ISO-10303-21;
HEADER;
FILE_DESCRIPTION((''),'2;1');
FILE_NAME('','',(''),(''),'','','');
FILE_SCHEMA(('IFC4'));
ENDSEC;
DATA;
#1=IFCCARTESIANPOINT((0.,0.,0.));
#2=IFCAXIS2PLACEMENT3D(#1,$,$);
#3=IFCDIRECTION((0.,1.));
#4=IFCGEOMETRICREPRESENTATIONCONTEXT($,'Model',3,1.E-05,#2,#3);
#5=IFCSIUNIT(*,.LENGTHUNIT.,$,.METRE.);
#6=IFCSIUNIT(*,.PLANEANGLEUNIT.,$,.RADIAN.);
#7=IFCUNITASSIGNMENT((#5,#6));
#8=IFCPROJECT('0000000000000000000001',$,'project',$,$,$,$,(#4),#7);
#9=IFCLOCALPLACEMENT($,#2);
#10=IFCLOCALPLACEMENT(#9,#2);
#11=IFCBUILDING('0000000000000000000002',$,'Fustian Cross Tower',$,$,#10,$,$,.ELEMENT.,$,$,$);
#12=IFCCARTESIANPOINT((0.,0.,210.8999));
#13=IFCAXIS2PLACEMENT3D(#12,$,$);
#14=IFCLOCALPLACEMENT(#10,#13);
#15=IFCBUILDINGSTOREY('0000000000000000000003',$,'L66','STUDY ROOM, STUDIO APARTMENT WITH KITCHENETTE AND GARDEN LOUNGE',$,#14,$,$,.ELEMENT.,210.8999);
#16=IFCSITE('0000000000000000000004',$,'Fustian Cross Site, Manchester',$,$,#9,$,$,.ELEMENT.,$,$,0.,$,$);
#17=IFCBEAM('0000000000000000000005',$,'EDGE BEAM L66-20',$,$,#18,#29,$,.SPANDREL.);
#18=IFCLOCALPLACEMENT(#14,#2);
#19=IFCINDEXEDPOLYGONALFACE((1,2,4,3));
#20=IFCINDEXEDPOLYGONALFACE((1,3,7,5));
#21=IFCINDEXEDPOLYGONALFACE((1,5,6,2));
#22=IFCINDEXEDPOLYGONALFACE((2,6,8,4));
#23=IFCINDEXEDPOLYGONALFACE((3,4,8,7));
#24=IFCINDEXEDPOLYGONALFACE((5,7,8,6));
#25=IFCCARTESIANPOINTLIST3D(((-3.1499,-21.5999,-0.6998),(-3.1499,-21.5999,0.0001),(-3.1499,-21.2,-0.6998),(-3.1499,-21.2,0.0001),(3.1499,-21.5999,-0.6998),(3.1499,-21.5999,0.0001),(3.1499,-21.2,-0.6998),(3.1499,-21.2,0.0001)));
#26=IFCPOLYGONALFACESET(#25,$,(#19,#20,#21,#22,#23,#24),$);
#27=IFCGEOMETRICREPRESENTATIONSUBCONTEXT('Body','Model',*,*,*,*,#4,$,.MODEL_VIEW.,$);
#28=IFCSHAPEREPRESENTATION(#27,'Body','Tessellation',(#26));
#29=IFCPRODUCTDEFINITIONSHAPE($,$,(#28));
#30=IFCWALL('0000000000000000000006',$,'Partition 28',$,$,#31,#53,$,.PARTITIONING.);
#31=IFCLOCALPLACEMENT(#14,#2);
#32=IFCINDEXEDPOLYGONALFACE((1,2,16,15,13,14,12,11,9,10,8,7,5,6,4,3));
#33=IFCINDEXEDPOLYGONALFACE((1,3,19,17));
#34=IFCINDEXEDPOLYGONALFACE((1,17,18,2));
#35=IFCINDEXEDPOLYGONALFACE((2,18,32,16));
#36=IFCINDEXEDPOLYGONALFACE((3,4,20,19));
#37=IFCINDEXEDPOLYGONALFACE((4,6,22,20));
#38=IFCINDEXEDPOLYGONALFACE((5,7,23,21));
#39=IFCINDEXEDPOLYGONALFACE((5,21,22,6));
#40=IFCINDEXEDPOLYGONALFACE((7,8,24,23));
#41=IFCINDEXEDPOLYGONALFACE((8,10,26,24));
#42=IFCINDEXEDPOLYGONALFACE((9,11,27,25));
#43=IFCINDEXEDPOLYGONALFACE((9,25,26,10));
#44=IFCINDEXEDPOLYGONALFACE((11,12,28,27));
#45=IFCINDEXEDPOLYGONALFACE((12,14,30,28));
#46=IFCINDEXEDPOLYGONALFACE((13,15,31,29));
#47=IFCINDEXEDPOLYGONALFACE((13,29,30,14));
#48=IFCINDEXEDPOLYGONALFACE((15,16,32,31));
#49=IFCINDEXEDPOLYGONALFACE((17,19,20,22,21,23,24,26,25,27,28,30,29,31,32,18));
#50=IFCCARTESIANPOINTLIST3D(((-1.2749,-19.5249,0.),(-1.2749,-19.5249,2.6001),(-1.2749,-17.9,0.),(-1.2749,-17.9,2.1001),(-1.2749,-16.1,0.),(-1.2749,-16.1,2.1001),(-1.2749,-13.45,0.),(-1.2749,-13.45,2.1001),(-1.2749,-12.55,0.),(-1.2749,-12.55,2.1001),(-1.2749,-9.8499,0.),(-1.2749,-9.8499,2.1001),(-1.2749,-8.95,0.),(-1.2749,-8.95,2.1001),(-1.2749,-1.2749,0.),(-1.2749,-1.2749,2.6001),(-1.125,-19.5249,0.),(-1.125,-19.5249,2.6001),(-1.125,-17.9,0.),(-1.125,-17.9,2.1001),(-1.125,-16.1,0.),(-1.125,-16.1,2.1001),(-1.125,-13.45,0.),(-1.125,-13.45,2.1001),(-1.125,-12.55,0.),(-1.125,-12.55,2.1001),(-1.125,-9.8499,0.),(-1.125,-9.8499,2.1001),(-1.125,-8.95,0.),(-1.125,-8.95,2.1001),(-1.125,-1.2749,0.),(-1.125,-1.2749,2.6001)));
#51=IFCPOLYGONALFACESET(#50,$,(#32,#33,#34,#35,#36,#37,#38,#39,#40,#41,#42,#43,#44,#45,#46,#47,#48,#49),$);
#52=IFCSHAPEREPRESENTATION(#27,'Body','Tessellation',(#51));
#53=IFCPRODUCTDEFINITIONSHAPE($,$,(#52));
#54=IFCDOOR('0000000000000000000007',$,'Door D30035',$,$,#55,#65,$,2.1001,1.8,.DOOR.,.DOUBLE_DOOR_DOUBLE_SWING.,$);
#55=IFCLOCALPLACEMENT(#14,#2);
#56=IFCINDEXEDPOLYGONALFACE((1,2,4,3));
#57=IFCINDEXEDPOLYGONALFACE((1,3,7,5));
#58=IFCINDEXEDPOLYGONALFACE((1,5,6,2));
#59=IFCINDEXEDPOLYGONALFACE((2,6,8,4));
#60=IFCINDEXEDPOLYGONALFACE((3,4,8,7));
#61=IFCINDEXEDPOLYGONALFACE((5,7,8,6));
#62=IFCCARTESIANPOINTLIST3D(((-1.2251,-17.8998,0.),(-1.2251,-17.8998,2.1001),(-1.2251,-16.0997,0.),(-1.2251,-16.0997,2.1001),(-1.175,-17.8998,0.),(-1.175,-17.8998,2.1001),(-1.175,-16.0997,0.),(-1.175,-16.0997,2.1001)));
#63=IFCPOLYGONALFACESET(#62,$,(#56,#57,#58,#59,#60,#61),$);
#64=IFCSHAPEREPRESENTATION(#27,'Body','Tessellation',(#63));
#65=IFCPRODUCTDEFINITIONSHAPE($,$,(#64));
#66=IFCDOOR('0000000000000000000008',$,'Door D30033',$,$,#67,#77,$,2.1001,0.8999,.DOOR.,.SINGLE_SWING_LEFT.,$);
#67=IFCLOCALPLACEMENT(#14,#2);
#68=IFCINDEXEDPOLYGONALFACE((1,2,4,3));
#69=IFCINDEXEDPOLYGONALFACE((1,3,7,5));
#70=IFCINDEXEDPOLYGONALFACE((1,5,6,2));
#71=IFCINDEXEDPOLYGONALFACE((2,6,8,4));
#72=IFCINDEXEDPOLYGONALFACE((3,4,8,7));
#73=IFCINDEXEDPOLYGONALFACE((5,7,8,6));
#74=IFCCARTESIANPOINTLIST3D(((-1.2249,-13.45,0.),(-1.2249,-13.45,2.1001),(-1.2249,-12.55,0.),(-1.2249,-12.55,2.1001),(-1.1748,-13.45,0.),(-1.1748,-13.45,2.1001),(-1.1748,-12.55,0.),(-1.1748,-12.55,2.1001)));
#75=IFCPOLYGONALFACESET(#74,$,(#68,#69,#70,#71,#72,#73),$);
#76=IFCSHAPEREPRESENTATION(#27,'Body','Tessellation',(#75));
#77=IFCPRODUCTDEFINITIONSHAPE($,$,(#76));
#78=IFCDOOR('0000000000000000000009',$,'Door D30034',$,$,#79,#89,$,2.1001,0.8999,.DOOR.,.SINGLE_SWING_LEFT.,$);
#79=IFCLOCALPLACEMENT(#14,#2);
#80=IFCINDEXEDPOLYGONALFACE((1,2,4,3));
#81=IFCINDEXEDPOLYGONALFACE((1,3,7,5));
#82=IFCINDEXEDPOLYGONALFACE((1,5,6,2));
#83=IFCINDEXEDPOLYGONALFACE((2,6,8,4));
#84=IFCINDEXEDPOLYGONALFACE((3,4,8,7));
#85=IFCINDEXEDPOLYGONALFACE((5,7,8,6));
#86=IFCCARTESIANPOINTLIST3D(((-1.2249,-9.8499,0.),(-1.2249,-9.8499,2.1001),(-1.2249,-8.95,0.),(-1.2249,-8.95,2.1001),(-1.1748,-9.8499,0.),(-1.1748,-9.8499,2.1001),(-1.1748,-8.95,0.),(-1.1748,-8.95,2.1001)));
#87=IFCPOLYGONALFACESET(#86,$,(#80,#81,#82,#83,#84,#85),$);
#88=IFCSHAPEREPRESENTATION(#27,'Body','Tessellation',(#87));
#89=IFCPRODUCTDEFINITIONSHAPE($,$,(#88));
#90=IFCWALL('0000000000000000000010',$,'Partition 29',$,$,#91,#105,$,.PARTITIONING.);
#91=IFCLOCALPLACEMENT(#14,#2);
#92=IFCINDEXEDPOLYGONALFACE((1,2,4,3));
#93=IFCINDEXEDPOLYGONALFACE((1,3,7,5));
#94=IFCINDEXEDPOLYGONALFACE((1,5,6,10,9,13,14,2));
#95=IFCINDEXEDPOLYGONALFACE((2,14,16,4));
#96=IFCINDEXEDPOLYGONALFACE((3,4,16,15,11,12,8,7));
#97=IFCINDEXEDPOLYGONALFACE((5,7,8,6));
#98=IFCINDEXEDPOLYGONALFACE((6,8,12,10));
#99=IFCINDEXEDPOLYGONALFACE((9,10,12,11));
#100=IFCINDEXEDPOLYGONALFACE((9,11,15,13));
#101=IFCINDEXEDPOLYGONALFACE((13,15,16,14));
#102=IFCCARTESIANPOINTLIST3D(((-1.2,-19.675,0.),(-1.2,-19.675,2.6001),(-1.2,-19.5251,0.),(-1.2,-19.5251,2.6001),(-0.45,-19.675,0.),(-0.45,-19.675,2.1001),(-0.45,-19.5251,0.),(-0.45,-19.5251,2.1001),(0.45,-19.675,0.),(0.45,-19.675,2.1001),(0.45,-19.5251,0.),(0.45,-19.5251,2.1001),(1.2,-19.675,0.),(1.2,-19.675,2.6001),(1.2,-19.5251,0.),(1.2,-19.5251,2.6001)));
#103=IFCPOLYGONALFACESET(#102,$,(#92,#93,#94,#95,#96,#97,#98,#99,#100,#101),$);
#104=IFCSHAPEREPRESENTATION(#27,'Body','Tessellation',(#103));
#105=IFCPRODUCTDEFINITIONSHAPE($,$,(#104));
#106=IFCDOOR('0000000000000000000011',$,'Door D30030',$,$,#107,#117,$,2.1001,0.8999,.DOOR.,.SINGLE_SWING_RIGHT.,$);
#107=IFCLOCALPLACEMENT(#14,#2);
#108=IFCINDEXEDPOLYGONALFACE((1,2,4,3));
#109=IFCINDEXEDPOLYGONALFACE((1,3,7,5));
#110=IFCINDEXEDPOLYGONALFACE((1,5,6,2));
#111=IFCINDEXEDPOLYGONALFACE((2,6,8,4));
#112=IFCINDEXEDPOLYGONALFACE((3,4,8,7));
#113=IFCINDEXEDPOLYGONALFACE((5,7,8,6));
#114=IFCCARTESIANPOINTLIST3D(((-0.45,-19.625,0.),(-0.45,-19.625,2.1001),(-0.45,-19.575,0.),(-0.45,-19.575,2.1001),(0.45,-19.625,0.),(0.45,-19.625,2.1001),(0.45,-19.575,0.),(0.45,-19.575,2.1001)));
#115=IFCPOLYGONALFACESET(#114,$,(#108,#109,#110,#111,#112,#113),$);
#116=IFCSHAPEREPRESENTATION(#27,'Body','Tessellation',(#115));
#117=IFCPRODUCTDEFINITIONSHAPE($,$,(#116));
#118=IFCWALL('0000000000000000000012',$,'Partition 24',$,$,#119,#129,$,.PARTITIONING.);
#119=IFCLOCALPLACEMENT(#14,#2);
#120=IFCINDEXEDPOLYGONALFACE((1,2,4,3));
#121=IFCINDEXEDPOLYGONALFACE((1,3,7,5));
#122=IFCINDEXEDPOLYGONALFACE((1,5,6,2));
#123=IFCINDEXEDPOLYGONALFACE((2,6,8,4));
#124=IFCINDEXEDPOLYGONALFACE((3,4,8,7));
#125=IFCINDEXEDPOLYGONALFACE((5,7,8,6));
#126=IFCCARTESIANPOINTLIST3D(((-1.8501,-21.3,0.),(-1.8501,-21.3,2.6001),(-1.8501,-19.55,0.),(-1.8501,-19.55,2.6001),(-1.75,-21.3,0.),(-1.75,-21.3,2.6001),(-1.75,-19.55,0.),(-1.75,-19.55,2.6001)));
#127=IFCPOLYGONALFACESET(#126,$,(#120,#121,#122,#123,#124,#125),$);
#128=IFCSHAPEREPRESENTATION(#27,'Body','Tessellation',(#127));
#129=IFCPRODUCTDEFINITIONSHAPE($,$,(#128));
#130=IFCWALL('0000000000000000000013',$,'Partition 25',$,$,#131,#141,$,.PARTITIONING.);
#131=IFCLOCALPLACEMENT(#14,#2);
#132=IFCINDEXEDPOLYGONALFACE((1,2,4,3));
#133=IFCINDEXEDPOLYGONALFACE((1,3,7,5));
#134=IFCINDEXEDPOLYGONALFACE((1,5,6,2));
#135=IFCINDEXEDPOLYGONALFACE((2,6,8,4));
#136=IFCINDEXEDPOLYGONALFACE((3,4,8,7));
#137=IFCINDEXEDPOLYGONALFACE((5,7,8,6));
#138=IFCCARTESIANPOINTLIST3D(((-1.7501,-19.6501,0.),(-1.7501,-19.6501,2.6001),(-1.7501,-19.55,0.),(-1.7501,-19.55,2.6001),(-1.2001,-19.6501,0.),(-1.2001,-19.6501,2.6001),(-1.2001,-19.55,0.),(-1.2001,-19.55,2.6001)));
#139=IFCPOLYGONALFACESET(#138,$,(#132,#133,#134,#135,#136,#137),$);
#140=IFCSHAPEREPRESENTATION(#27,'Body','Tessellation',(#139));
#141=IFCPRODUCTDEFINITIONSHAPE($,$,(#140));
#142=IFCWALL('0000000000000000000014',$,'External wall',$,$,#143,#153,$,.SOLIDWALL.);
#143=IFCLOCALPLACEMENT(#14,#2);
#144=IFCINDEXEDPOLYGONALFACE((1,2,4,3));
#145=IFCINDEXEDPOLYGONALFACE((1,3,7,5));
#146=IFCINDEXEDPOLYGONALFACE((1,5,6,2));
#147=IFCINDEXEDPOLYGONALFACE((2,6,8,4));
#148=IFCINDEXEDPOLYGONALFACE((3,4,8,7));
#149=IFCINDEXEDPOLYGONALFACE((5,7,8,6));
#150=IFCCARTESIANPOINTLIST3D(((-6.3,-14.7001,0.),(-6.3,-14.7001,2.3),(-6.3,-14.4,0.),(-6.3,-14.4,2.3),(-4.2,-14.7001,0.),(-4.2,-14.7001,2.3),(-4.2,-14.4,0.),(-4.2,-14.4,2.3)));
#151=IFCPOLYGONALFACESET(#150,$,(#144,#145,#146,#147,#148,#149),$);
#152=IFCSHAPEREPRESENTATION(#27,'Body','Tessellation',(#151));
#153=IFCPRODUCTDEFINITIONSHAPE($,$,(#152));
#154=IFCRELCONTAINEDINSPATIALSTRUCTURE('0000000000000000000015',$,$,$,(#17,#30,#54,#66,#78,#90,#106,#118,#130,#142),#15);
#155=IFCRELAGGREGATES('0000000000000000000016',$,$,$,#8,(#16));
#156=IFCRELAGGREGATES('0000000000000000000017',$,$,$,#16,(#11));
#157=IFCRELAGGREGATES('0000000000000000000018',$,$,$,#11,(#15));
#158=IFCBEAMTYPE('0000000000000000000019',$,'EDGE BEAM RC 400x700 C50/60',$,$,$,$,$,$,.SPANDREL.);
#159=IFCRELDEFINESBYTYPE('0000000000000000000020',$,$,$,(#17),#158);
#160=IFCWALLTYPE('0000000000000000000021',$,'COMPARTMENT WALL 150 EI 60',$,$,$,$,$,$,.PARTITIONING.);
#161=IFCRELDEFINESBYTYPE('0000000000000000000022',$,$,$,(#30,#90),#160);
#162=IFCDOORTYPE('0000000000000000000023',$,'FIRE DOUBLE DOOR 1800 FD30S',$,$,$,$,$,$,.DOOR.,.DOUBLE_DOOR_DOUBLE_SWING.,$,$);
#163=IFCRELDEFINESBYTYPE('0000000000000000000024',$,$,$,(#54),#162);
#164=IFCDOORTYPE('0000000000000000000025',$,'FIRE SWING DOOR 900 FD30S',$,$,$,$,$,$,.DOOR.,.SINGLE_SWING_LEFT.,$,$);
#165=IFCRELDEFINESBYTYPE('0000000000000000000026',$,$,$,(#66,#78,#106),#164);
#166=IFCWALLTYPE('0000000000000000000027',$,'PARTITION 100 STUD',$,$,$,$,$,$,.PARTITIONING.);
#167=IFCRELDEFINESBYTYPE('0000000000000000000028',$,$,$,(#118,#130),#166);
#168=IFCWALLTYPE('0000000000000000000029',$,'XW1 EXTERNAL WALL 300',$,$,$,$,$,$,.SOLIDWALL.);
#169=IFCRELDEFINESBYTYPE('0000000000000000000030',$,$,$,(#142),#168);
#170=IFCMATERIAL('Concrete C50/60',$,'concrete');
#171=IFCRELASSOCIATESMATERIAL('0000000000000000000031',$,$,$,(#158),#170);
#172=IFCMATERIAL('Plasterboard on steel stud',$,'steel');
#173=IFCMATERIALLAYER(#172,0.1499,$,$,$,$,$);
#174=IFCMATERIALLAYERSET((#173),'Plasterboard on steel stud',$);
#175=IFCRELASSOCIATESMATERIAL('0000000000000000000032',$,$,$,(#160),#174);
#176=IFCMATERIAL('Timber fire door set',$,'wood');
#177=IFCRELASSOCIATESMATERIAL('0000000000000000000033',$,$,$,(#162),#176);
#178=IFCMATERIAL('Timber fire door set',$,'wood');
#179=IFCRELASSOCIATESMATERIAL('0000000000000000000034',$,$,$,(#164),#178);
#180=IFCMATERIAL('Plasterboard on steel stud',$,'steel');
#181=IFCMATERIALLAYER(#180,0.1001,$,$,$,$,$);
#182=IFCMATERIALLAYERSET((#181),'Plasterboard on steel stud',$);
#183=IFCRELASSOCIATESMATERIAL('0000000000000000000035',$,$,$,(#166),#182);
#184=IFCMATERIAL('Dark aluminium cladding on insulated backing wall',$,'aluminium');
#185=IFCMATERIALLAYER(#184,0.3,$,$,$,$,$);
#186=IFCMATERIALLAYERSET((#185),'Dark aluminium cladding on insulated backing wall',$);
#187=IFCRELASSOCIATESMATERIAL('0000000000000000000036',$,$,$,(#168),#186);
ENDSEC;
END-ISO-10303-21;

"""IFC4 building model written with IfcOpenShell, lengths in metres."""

from ifc_helpers import new_model, si_unit, direction, frame, frame_2d, origin, origin_2d, place, context, subcontext, project, spatial, rectangle, extrude, material, layer, layer_set, material_profile, profile_set, type_object, element, fill, save


model = new_model("IFC4")

# Units and contexts
model_context = context("Model", 3, precision=1e-05, world=origin(), true_north=direction((0.0, 1.0)))
body_context = subcontext(model_context, "Body", "Model", "MODEL_VIEW")
ifc_project = project(units=[si_unit("LENGTHUNIT", "METRE"), si_unit("PLANEANGLEUNIT", "RADIAN")], contexts=[model_context])

# Site, building, storey
site_placement = place(None, origin())
site = spatial("IfcSite", under=ifc_project, at=site_placement, Name="Fustian Cross Site, Manchester", CompositionType="ELEMENT", RefElevation=0.0)
building_placement = place(site_placement, origin())
building = spatial("IfcBuilding", under=site, at=building_placement, Name="Fustian Cross Tower", CompositionType="ELEMENT")
storey_placement = place(building_placement, frame((0.0, 0.0, 210.8999)))
storey = spatial("IfcBuildingStorey", under=building, at=storey_placement, Name="L66", Description="STUDY ROOM, STUDIO APARTMENT WITH KITCHENETTE AND GARDEN LOUNGE", CompositionType="ELEMENT", Elevation=210.8999)

# Beam
ifc_material_1 = material(Name="Concrete C50/60", Category="concrete")
ifc_material_profile_1 = material_profile(ifc_material_1, rectangle(XDim=0.3999, YDim=0.7, at=origin_2d()), Name="RC 400x700")
ifc_profile_set_1 = profile_set([ifc_material_profile_1], Name="Concrete C50/60")
beam_type = type_object("IfcBeamType", Name="EDGE BEAM RC 400x700 C50/60", PredefinedType="SPANDREL", material=ifc_profile_set_1)
beam_1_placement = place(storey_placement, frame((-3.1499, -21.3999, -0.3499), z_axis=(1.0, 0.0, 0.0), x_axis=(0.0, 1.0, 0.0)))
element("IfcBeam", 1, at=beam_1_placement, inside=storey, type_object=beam_type, Name="EDGE BEAM L66-20", PredefinedType="SPANDREL", context=body_context, shape_type="SweptSolid", body=[
    extrude(rectangle(XDim=0.3999, YDim=0.7, at=origin_2d()), origin(), (0.0, 0.0, 1.0), 6.2998),
])

# Wall, openings, doors
ifc_material_2 = material(Name="Plasterboard on steel stud", Category="steel")
ifc_layer_1 = layer(ifc_material_2, 0.1499)
ifc_layer_set_1 = layer_set([ifc_layer_1], Name="Plasterboard on steel stud")
wall_type_1 = type_object("IfcWallType", Name="COMPARTMENT WALL 150 EI 60", PredefinedType="PARTITIONING", material=ifc_layer_set_1)
wall_1_placement = place(storey_placement, frame((-1.2, -19.5249, 0.0), z_axis=(0.0, 0.0, 1.0), x_axis=(0.0, 1.0, 0.0)))
wall_1 = element("IfcWall", 2, at=wall_1_placement, inside=storey, type_object=wall_type_1, Name="Partition 28", PredefinedType="PARTITIONING", context=body_context, shape_type="SweptSolid", body=[
    extrude(rectangle(XDim=18.25, YDim=0.1499, at=frame_2d((9.125, 0.0))), origin(), (0.0, 0.0, 1.0), 2.6001),
])
opening_1_placement = place(wall_1_placement, frame((6.075, 0.0, 0.0)))
opening_1 = element("IfcOpeningElement", 3, at=opening_1_placement, cuts=wall_1, PredefinedType="OPENING", context=body_context, shape_type="SweptSolid", body=[
    extrude(rectangle(XDim=0.8999, YDim=2.1001, at=frame_2d((0.45, 1.05))), frame((0.0, 0.085, 0.0), z_axis=(0.0, -1.0, 0.0), x_axis=(1.0, 0.0, 0.0)), (0.0, 0.0, 1.0), 0.1699),
])
opening_2_placement = place(wall_1_placement, frame((9.675, 0.0, 0.0)))
opening_2 = element("IfcOpeningElement", 4, at=opening_2_placement, cuts=wall_1, PredefinedType="OPENING", context=body_context, shape_type="SweptSolid", body=[
    extrude(rectangle(XDim=0.8999, YDim=2.1001, at=frame_2d((0.45, 1.05))), frame((0.0, 0.085, 0.0), z_axis=(0.0, -1.0, 0.0), x_axis=(1.0, 0.0, 0.0)), (0.0, 0.0, 1.0), 0.1699),
])
opening_3_placement = place(wall_1_placement, frame((1.625, 0.0, 0.0)))
opening_3 = element("IfcOpeningElement", 5, at=opening_3_placement, cuts=wall_1, PredefinedType="OPENING", context=body_context, shape_type="SweptSolid", body=[
    extrude(rectangle(XDim=1.8, YDim=2.1001, at=frame_2d((0.8999, 1.05))), frame((0.0, 0.085, 0.0), z_axis=(0.0, -1.0, 0.0), x_axis=(1.0, 0.0, 0.0)), (0.0, 0.0, 1.0), 0.1699),
])
ifc_material_3 = material(Name="Timber fire door set", Category="wood")
door_type_1 = type_object("IfcDoorType", Name="FIRE DOUBLE DOOR 1800 FD30S", OperationType="DOUBLE_DOOR_DOUBLE_SWING", PredefinedType="DOOR", material=ifc_material_3)
door_1_placement = place(opening_3_placement, frame((1.8, 0.0, 0.0), z_axis=(0.0, 0.0, 1.0), x_axis=(-1.0, 0.0, 0.0)))
door_1 = element("IfcDoor", 6, at=door_1_placement, inside=storey, type_object=door_type_1, Name="Door D30035", OperationType="DOUBLE_DOOR_DOUBLE_SWING", OverallHeight=2.1001, OverallWidth=1.8, PredefinedType="DOOR", context=body_context, shape_type="SweptSolid", body=[
    extrude(rectangle(XDim=1.8, YDim=2.1001, at=frame_2d((0.8999, 1.05))), frame((0.0, 0.0249, 0.0), z_axis=(0.0, -1.0, 0.0), x_axis=(1.0, 0.0, 0.0)), (0.0, 0.0, 1.0), 0.05),
])
fill(opening_3, door_1)
ifc_material_4 = material(Name="Timber fire door set", Category="wood")
door_type_2 = type_object("IfcDoorType", Name="FIRE SWING DOOR 900 FD30S", OperationType="SINGLE_SWING_LEFT", PredefinedType="DOOR", material=ifc_material_4)
door_2_placement = place(opening_1_placement, origin())
door_2 = element("IfcDoor", 7, at=door_2_placement, inside=storey, type_object=door_type_2, Name="Door D30033", OperationType="SINGLE_SWING_LEFT", OverallHeight=2.1001, OverallWidth=0.8999, PredefinedType="DOOR", context=body_context, shape_type="SweptSolid", body=[
    extrude(rectangle(XDim=0.8999, YDim=2.1001, at=frame_2d((0.45, 1.05))), frame((0.0, 0.0249, 0.0), z_axis=(0.0, -1.0, 0.0), x_axis=(1.0, 0.0, 0.0)), (0.0, 0.0, 1.0), 0.05),
])
fill(opening_1, door_2)
door_3_placement = place(opening_2_placement, origin())
door_3 = element("IfcDoor", 8, at=door_3_placement, inside=storey, type_object=door_type_2, Name="Door D30034", OperationType="SINGLE_SWING_LEFT", OverallHeight=2.1001, OverallWidth=0.8999, PredefinedType="DOOR", context=body_context, shape_type="SweptSolid", body=[
    extrude(rectangle(XDim=0.8999, YDim=2.1001, at=frame_2d((0.45, 1.05))), frame((0.0, 0.0249, 0.0), z_axis=(0.0, -1.0, 0.0), x_axis=(1.0, 0.0, 0.0)), (0.0, 0.0, 1.0), 0.05),
])
fill(opening_2, door_3)

# Wall, opening, door
wall_2_placement = place(storey_placement, frame((-1.2, -19.6001, 0.0), z_axis=(0.0, 0.0, 1.0), x_axis=(1.0, 0.0, 0.0)))
wall_2 = element("IfcWall", 9, at=wall_2_placement, inside=storey, type_object=wall_type_1, Name="Partition 29", PredefinedType="PARTITIONING", context=body_context, shape_type="SweptSolid", body=[
    extrude(rectangle(XDim=2.3999, YDim=0.1499, at=frame_2d((1.2, 0.0))), origin(), (0.0, 0.0, 1.0), 2.6001),
])
opening_4_placement = place(wall_2_placement, frame((0.75, 0.0, 0.0)))
opening_4 = element("IfcOpeningElement", 10, at=opening_4_placement, cuts=wall_2, PredefinedType="OPENING", context=body_context, shape_type="SweptSolid", body=[
    extrude(rectangle(XDim=0.8999, YDim=2.1001, at=frame_2d((0.45, 1.05))), frame((0.0, 0.085, 0.0), z_axis=(0.0, -1.0, 0.0), x_axis=(1.0, 0.0, 0.0)), (0.0, 0.0, 1.0), 0.1699),
])
door_4_placement = place(opening_4_placement, frame((0.8999, 0.0, 0.0), z_axis=(0.0, 0.0, 1.0), x_axis=(-1.0, 0.0, 0.0)))
door_4 = element("IfcDoor", 11, at=door_4_placement, inside=storey, type_object=door_type_2, Name="Door D30030", OperationType="SINGLE_SWING_RIGHT", OverallHeight=2.1001, OverallWidth=0.8999, PredefinedType="DOOR", context=body_context, shape_type="SweptSolid", body=[
    extrude(rectangle(XDim=0.8999, YDim=2.1001, at=frame_2d((0.45, 1.05))), frame((0.0, 0.0249, 0.0), z_axis=(0.0, -1.0, 0.0), x_axis=(1.0, 0.0, 0.0)), (0.0, 0.0, 1.0), 0.05),
])
fill(opening_4, door_4)

# Walls
ifc_material_5 = material(Name="Plasterboard on steel stud", Category="steel")
ifc_layer_2 = layer(ifc_material_5, 0.1001)
ifc_layer_set_2 = layer_set([ifc_layer_2], Name="Plasterboard on steel stud")
wall_type_2 = type_object("IfcWallType", Name="PARTITION 100 STUD", PredefinedType="PARTITIONING", material=ifc_layer_set_2)
wall_3_placement = place(storey_placement, frame((-1.8, -21.3, 0.0), z_axis=(0.0, 0.0, 1.0), x_axis=(0.0, 1.0, 0.0)))
element("IfcWall", 12, at=wall_3_placement, inside=storey, type_object=wall_type_2, Name="Partition 24", PredefinedType="PARTITIONING", context=body_context, shape_type="SweptSolid", body=[
    extrude(rectangle(XDim=1.75, YDim=0.1001, at=frame_2d((0.875, 0.0))), origin(), (0.0, 0.0, 1.0), 2.6001),
])
wall_4_placement = place(storey_placement, frame((-1.75, -19.6001, 0.0), z_axis=(0.0, 0.0, 1.0), x_axis=(1.0, 0.0, 0.0)))
element("IfcWall", 13, at=wall_4_placement, inside=storey, type_object=wall_type_2, Name="Partition 25", PredefinedType="PARTITIONING", context=body_context, shape_type="SweptSolid", body=[
    extrude(rectangle(XDim=0.55, YDim=0.1001, at=frame_2d((0.2749, 0.0))), origin(), (0.0, 0.0, 1.0), 2.6001),
])
ifc_material_6 = material(Name="Dark aluminium cladding on insulated backing wall", Category="aluminium")
ifc_layer_3 = layer(ifc_material_6, 0.3)
ifc_layer_set_3 = layer_set([ifc_layer_3], Name="Dark aluminium cladding on insulated backing wall")
wall_type_3 = type_object("IfcWallType", Name="XW1 EXTERNAL WALL 300", PredefinedType="SOLIDWALL", material=ifc_layer_set_3)
wall_5_placement = place(storey_placement, frame((-4.2, -14.55, 0.0), z_axis=(0.0, 0.0, 1.0), x_axis=(-1.0, 0.0, 0.0)))
element("IfcWall", 14, at=wall_5_placement, inside=storey, type_object=wall_type_3, Name="External wall", PredefinedType="SOLIDWALL", context=body_context, shape_type="SweptSolid", body=[
    extrude(rectangle(XDim=2.1001, YDim=0.3, at=frame_2d((1.05, 0.0))), origin(), (0.0, 0.0, 1.0), 2.3),
])

save(model, "model.ifc")
